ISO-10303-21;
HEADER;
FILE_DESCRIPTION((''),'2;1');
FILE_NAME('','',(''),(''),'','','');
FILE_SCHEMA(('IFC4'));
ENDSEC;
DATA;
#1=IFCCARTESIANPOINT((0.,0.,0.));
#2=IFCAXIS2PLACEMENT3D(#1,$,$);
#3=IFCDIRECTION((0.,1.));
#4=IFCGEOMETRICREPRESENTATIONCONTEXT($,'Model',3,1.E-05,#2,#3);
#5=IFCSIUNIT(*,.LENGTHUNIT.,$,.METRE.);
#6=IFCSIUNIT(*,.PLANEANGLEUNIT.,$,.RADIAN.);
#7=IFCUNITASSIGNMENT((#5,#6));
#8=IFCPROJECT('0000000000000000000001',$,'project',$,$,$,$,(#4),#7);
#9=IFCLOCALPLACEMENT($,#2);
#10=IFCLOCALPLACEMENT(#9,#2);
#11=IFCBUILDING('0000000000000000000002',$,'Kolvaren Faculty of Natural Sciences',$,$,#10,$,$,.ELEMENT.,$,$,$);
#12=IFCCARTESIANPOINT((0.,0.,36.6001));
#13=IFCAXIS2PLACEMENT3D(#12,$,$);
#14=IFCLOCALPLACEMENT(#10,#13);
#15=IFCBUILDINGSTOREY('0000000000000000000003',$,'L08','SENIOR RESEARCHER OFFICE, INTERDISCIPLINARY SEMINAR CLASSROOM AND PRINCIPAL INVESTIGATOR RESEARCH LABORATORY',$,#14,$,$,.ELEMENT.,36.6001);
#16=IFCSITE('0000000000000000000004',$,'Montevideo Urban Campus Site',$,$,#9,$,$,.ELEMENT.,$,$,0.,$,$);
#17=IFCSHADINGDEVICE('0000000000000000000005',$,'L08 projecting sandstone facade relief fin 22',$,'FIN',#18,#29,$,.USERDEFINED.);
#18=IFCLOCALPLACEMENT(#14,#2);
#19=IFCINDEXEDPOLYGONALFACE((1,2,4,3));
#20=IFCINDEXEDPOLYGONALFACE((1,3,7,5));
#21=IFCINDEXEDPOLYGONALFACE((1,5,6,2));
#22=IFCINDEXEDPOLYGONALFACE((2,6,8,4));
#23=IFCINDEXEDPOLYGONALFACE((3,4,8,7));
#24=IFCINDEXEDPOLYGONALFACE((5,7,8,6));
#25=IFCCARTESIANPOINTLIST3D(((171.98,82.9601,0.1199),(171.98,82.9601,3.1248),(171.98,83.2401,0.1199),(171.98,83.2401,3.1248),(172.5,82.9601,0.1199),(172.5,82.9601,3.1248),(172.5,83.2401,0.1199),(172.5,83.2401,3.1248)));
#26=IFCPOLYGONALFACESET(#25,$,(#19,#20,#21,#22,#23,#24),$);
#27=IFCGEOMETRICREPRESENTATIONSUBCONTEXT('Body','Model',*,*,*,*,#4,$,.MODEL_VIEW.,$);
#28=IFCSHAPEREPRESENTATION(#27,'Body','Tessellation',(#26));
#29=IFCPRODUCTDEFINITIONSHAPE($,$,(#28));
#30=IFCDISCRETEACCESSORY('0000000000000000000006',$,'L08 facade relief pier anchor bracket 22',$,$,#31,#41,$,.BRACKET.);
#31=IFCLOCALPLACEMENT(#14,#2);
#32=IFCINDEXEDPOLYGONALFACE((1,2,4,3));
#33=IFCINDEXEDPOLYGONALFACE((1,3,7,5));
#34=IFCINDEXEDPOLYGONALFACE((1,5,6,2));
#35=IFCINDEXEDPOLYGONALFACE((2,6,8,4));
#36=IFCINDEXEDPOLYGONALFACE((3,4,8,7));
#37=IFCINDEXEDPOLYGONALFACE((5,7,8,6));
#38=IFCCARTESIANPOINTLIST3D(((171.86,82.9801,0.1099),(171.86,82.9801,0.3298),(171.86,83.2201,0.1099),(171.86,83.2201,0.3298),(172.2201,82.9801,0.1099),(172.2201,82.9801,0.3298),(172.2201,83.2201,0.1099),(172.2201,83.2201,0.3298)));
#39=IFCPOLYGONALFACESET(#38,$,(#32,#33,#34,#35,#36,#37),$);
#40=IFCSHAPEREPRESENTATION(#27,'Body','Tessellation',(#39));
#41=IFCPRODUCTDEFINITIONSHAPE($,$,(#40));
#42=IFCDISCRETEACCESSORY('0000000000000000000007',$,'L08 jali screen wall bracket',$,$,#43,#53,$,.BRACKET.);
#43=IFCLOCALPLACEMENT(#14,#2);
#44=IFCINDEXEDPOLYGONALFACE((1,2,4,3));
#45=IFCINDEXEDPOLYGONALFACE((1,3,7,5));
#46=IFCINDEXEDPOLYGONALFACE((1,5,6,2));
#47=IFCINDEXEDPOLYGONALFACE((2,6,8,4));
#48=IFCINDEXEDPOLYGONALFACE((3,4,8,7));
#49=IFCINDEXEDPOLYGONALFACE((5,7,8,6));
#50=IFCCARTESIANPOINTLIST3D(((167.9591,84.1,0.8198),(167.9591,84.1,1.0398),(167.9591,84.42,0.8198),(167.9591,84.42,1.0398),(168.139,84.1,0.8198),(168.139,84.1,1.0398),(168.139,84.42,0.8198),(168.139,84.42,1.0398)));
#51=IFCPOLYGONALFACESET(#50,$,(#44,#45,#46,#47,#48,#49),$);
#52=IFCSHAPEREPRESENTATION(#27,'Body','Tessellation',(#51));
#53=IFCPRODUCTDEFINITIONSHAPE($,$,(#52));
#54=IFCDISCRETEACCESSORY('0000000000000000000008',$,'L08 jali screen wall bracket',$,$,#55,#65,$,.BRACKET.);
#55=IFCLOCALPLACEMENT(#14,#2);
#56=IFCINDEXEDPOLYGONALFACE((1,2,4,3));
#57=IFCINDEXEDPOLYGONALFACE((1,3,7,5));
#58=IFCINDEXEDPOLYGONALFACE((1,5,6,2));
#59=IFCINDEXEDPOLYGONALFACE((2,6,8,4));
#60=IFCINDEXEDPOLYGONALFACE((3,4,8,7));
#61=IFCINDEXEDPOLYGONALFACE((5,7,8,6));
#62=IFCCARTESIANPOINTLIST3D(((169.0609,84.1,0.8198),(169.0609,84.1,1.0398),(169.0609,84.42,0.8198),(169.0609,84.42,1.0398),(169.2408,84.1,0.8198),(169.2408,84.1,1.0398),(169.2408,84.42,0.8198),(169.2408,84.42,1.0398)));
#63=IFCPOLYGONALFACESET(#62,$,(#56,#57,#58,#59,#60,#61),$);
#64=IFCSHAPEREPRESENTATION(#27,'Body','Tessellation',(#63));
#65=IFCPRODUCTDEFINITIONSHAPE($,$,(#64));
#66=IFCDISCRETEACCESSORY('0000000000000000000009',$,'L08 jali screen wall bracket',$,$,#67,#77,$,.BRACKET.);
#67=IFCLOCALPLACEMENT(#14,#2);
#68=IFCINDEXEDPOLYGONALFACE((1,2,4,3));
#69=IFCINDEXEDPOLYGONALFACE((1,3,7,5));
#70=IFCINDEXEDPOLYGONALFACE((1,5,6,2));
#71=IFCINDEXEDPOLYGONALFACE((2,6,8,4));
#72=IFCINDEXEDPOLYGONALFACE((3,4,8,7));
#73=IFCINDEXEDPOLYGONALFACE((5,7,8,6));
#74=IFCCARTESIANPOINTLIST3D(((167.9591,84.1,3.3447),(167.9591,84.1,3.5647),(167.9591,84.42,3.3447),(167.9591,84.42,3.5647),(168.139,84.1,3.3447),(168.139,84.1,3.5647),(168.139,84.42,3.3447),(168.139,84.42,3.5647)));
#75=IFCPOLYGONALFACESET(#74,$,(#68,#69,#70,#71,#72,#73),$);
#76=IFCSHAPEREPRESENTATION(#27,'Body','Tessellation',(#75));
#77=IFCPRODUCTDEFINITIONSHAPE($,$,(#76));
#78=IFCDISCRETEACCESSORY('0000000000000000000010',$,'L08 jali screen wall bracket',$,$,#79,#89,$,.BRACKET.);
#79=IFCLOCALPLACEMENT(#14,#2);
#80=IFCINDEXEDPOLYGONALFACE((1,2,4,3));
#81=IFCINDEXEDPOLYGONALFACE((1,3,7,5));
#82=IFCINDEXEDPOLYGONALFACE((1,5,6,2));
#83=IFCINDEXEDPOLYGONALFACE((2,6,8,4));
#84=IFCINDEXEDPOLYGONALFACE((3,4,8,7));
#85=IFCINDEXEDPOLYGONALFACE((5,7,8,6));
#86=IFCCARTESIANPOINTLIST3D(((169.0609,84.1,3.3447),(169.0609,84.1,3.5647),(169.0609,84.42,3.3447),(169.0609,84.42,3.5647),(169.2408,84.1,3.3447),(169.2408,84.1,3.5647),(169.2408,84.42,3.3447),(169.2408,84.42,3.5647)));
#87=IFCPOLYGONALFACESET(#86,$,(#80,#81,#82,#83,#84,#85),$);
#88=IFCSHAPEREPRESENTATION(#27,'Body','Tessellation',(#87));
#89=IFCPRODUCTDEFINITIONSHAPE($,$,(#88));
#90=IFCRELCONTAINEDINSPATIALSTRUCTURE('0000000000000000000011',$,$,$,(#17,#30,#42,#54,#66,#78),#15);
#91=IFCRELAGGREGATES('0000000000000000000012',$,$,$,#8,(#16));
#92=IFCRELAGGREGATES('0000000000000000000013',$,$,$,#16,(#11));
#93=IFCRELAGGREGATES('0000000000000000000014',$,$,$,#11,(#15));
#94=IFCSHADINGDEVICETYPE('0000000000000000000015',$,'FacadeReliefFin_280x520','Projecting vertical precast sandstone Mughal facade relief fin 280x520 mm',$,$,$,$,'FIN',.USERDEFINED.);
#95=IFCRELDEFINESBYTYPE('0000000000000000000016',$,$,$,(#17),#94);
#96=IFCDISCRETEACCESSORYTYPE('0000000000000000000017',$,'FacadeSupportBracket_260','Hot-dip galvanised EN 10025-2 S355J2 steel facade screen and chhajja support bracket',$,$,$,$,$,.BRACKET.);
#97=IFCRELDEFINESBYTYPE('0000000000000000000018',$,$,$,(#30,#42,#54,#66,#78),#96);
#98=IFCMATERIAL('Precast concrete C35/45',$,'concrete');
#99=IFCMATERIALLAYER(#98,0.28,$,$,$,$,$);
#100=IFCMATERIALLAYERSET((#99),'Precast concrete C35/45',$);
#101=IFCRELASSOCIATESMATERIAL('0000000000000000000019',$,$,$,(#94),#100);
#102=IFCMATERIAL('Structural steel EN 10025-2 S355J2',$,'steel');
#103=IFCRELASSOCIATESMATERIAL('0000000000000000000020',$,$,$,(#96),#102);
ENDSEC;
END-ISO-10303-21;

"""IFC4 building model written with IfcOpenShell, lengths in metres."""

from ifc_helpers import new_model, si_unit, direction, frame, origin, origin_2d, place, context, subcontext, project, spatial, rectangle, extrude, material, layer, layer_set, type_object, element, save


model = new_model("IFC4")

# Units and contexts
model_context = context("Model", 3, precision=1e-05, world=origin(), true_north=direction((0.0, 1.0)))
body_context = subcontext(model_context, "Body", "Model", "MODEL_VIEW")
ifc_project = project(units=[si_unit("LENGTHUNIT", "METRE"), si_unit("PLANEANGLEUNIT", "RADIAN")], contexts=[model_context])

# Site, building, storey
site_placement = place(None, origin())
site = spatial("IfcSite", under=ifc_project, at=site_placement, Name="Montevideo Urban Campus Site", CompositionType="ELEMENT", RefElevation=0.0)
building_placement = place(site_placement, origin())
building = spatial("IfcBuilding", under=site, at=building_placement, Name="Kolvaren Faculty of Natural Sciences", CompositionType="ELEMENT")
storey_placement = place(building_placement, frame((0.0, 0.0, 36.6001)))
storey = spatial("IfcBuildingStorey", under=building, at=storey_placement, Name="L08", Description="SENIOR RESEARCHER OFFICE, INTERDISCIPLINARY SEMINAR CLASSROOM AND PRINCIPAL INVESTIGATOR RESEARCH LABORATORY", CompositionType="ELEMENT", Elevation=36.6001)

# Shared definitions
ifc_material_1 = material(Name="Precast concrete C35/45", Category="concrete")

# Shading device
ifc_layer_1 = layer(ifc_material_1, 0.28)
ifc_layer_set_1 = layer_set([ifc_layer_1], Name="Precast concrete C35/45")
shading_device_type = type_object("IfcShadingDeviceType", Name="FacadeReliefFin_280x520", Description="Projecting vertical precast sandstone Mughal facade relief fin 280x520 mm", ElementType="FIN", PredefinedType="USERDEFINED", material=ifc_layer_set_1)
shading_device_placement = place(storey_placement, frame((172.24, 83.1001, 0.1199), z_axis=(0.0, 0.0, 1.0), x_axis=(0.0, -1.0, 0.0)))
element("IfcShadingDevice", 1, at=shading_device_placement, inside=storey, type_object=shading_device_type, Name="L08 projecting sandstone facade relief fin 22", ObjectType="FIN", PredefinedType="USERDEFINED", context=body_context, shape_type="SweptSolid", body=[
    extrude(rectangle(XDim=0.28, YDim=0.52, at=origin_2d()), origin(), (0.0, 0.0, 1.0), 3.0049),
])

# Discrete accessories
ifc_material_2 = material(Name="Structural steel EN 10025-2 S355J2", Category="steel")
discrete_accessory_type = type_object("IfcDiscreteAccessoryType", Name="FacadeSupportBracket_260", Description="Hot-dip galvanised EN 10025-2 S355J2 steel facade screen and chhajja support bracket", PredefinedType="BRACKET", material=ifc_material_2)
discrete_accessory_placement = place(storey_placement, frame((172.04, 83.1001, 0.1099), z_axis=(0.0, 0.0, 1.0), x_axis=(0.0, -1.0, 0.0)))
element("IfcDiscreteAccessory", 2, at=discrete_accessory_placement, inside=storey, type_object=discrete_accessory_type, Name="L08 facade relief pier anchor bracket 22", PredefinedType="BRACKET", context=body_context, shape_type="SweptSolid", body=[
    extrude(rectangle(XDim=0.24, YDim=0.3601, at=origin_2d()), origin(), (0.0, 0.0, 1.0), 0.22),
])
for number, where, z_axis, x_axis, name in (
    (3, (168.0491, 84.26, 0.8198), (0.0, 0.0, 1.0), (1.0, 0.0, 0.0), "L08 jali screen wall bracket"),
    (4, (169.1509, 84.26, 0.8198), (0.0, 0.0, 1.0), (1.0, 0.0, 0.0), "L08 jali screen wall bracket"),
    (5, (168.0491, 84.26, 3.3447), (0.0, 0.0, 1.0), (1.0, 0.0, 0.0), "L08 jali screen wall bracket"),
    (6, (169.1509, 84.26, 3.3447), (0.0, 0.0, 1.0), (1.0, 0.0, 0.0), "L08 jali screen wall bracket"),
):
    element("IfcDiscreteAccessory", number, at=place(storey_placement, frame(where, z_axis=z_axis, x_axis=x_axis)), inside=storey, type_object=discrete_accessory_type, Name=name, PredefinedType="BRACKET", context=body_context, shape_type="SweptSolid", body=[
        extrude(rectangle(XDim=0.1799, YDim=0.3201, at=origin_2d()), origin(), (0.0, 0.0, 1.0), 0.22),
    ])

save(model, "model.ifc")
